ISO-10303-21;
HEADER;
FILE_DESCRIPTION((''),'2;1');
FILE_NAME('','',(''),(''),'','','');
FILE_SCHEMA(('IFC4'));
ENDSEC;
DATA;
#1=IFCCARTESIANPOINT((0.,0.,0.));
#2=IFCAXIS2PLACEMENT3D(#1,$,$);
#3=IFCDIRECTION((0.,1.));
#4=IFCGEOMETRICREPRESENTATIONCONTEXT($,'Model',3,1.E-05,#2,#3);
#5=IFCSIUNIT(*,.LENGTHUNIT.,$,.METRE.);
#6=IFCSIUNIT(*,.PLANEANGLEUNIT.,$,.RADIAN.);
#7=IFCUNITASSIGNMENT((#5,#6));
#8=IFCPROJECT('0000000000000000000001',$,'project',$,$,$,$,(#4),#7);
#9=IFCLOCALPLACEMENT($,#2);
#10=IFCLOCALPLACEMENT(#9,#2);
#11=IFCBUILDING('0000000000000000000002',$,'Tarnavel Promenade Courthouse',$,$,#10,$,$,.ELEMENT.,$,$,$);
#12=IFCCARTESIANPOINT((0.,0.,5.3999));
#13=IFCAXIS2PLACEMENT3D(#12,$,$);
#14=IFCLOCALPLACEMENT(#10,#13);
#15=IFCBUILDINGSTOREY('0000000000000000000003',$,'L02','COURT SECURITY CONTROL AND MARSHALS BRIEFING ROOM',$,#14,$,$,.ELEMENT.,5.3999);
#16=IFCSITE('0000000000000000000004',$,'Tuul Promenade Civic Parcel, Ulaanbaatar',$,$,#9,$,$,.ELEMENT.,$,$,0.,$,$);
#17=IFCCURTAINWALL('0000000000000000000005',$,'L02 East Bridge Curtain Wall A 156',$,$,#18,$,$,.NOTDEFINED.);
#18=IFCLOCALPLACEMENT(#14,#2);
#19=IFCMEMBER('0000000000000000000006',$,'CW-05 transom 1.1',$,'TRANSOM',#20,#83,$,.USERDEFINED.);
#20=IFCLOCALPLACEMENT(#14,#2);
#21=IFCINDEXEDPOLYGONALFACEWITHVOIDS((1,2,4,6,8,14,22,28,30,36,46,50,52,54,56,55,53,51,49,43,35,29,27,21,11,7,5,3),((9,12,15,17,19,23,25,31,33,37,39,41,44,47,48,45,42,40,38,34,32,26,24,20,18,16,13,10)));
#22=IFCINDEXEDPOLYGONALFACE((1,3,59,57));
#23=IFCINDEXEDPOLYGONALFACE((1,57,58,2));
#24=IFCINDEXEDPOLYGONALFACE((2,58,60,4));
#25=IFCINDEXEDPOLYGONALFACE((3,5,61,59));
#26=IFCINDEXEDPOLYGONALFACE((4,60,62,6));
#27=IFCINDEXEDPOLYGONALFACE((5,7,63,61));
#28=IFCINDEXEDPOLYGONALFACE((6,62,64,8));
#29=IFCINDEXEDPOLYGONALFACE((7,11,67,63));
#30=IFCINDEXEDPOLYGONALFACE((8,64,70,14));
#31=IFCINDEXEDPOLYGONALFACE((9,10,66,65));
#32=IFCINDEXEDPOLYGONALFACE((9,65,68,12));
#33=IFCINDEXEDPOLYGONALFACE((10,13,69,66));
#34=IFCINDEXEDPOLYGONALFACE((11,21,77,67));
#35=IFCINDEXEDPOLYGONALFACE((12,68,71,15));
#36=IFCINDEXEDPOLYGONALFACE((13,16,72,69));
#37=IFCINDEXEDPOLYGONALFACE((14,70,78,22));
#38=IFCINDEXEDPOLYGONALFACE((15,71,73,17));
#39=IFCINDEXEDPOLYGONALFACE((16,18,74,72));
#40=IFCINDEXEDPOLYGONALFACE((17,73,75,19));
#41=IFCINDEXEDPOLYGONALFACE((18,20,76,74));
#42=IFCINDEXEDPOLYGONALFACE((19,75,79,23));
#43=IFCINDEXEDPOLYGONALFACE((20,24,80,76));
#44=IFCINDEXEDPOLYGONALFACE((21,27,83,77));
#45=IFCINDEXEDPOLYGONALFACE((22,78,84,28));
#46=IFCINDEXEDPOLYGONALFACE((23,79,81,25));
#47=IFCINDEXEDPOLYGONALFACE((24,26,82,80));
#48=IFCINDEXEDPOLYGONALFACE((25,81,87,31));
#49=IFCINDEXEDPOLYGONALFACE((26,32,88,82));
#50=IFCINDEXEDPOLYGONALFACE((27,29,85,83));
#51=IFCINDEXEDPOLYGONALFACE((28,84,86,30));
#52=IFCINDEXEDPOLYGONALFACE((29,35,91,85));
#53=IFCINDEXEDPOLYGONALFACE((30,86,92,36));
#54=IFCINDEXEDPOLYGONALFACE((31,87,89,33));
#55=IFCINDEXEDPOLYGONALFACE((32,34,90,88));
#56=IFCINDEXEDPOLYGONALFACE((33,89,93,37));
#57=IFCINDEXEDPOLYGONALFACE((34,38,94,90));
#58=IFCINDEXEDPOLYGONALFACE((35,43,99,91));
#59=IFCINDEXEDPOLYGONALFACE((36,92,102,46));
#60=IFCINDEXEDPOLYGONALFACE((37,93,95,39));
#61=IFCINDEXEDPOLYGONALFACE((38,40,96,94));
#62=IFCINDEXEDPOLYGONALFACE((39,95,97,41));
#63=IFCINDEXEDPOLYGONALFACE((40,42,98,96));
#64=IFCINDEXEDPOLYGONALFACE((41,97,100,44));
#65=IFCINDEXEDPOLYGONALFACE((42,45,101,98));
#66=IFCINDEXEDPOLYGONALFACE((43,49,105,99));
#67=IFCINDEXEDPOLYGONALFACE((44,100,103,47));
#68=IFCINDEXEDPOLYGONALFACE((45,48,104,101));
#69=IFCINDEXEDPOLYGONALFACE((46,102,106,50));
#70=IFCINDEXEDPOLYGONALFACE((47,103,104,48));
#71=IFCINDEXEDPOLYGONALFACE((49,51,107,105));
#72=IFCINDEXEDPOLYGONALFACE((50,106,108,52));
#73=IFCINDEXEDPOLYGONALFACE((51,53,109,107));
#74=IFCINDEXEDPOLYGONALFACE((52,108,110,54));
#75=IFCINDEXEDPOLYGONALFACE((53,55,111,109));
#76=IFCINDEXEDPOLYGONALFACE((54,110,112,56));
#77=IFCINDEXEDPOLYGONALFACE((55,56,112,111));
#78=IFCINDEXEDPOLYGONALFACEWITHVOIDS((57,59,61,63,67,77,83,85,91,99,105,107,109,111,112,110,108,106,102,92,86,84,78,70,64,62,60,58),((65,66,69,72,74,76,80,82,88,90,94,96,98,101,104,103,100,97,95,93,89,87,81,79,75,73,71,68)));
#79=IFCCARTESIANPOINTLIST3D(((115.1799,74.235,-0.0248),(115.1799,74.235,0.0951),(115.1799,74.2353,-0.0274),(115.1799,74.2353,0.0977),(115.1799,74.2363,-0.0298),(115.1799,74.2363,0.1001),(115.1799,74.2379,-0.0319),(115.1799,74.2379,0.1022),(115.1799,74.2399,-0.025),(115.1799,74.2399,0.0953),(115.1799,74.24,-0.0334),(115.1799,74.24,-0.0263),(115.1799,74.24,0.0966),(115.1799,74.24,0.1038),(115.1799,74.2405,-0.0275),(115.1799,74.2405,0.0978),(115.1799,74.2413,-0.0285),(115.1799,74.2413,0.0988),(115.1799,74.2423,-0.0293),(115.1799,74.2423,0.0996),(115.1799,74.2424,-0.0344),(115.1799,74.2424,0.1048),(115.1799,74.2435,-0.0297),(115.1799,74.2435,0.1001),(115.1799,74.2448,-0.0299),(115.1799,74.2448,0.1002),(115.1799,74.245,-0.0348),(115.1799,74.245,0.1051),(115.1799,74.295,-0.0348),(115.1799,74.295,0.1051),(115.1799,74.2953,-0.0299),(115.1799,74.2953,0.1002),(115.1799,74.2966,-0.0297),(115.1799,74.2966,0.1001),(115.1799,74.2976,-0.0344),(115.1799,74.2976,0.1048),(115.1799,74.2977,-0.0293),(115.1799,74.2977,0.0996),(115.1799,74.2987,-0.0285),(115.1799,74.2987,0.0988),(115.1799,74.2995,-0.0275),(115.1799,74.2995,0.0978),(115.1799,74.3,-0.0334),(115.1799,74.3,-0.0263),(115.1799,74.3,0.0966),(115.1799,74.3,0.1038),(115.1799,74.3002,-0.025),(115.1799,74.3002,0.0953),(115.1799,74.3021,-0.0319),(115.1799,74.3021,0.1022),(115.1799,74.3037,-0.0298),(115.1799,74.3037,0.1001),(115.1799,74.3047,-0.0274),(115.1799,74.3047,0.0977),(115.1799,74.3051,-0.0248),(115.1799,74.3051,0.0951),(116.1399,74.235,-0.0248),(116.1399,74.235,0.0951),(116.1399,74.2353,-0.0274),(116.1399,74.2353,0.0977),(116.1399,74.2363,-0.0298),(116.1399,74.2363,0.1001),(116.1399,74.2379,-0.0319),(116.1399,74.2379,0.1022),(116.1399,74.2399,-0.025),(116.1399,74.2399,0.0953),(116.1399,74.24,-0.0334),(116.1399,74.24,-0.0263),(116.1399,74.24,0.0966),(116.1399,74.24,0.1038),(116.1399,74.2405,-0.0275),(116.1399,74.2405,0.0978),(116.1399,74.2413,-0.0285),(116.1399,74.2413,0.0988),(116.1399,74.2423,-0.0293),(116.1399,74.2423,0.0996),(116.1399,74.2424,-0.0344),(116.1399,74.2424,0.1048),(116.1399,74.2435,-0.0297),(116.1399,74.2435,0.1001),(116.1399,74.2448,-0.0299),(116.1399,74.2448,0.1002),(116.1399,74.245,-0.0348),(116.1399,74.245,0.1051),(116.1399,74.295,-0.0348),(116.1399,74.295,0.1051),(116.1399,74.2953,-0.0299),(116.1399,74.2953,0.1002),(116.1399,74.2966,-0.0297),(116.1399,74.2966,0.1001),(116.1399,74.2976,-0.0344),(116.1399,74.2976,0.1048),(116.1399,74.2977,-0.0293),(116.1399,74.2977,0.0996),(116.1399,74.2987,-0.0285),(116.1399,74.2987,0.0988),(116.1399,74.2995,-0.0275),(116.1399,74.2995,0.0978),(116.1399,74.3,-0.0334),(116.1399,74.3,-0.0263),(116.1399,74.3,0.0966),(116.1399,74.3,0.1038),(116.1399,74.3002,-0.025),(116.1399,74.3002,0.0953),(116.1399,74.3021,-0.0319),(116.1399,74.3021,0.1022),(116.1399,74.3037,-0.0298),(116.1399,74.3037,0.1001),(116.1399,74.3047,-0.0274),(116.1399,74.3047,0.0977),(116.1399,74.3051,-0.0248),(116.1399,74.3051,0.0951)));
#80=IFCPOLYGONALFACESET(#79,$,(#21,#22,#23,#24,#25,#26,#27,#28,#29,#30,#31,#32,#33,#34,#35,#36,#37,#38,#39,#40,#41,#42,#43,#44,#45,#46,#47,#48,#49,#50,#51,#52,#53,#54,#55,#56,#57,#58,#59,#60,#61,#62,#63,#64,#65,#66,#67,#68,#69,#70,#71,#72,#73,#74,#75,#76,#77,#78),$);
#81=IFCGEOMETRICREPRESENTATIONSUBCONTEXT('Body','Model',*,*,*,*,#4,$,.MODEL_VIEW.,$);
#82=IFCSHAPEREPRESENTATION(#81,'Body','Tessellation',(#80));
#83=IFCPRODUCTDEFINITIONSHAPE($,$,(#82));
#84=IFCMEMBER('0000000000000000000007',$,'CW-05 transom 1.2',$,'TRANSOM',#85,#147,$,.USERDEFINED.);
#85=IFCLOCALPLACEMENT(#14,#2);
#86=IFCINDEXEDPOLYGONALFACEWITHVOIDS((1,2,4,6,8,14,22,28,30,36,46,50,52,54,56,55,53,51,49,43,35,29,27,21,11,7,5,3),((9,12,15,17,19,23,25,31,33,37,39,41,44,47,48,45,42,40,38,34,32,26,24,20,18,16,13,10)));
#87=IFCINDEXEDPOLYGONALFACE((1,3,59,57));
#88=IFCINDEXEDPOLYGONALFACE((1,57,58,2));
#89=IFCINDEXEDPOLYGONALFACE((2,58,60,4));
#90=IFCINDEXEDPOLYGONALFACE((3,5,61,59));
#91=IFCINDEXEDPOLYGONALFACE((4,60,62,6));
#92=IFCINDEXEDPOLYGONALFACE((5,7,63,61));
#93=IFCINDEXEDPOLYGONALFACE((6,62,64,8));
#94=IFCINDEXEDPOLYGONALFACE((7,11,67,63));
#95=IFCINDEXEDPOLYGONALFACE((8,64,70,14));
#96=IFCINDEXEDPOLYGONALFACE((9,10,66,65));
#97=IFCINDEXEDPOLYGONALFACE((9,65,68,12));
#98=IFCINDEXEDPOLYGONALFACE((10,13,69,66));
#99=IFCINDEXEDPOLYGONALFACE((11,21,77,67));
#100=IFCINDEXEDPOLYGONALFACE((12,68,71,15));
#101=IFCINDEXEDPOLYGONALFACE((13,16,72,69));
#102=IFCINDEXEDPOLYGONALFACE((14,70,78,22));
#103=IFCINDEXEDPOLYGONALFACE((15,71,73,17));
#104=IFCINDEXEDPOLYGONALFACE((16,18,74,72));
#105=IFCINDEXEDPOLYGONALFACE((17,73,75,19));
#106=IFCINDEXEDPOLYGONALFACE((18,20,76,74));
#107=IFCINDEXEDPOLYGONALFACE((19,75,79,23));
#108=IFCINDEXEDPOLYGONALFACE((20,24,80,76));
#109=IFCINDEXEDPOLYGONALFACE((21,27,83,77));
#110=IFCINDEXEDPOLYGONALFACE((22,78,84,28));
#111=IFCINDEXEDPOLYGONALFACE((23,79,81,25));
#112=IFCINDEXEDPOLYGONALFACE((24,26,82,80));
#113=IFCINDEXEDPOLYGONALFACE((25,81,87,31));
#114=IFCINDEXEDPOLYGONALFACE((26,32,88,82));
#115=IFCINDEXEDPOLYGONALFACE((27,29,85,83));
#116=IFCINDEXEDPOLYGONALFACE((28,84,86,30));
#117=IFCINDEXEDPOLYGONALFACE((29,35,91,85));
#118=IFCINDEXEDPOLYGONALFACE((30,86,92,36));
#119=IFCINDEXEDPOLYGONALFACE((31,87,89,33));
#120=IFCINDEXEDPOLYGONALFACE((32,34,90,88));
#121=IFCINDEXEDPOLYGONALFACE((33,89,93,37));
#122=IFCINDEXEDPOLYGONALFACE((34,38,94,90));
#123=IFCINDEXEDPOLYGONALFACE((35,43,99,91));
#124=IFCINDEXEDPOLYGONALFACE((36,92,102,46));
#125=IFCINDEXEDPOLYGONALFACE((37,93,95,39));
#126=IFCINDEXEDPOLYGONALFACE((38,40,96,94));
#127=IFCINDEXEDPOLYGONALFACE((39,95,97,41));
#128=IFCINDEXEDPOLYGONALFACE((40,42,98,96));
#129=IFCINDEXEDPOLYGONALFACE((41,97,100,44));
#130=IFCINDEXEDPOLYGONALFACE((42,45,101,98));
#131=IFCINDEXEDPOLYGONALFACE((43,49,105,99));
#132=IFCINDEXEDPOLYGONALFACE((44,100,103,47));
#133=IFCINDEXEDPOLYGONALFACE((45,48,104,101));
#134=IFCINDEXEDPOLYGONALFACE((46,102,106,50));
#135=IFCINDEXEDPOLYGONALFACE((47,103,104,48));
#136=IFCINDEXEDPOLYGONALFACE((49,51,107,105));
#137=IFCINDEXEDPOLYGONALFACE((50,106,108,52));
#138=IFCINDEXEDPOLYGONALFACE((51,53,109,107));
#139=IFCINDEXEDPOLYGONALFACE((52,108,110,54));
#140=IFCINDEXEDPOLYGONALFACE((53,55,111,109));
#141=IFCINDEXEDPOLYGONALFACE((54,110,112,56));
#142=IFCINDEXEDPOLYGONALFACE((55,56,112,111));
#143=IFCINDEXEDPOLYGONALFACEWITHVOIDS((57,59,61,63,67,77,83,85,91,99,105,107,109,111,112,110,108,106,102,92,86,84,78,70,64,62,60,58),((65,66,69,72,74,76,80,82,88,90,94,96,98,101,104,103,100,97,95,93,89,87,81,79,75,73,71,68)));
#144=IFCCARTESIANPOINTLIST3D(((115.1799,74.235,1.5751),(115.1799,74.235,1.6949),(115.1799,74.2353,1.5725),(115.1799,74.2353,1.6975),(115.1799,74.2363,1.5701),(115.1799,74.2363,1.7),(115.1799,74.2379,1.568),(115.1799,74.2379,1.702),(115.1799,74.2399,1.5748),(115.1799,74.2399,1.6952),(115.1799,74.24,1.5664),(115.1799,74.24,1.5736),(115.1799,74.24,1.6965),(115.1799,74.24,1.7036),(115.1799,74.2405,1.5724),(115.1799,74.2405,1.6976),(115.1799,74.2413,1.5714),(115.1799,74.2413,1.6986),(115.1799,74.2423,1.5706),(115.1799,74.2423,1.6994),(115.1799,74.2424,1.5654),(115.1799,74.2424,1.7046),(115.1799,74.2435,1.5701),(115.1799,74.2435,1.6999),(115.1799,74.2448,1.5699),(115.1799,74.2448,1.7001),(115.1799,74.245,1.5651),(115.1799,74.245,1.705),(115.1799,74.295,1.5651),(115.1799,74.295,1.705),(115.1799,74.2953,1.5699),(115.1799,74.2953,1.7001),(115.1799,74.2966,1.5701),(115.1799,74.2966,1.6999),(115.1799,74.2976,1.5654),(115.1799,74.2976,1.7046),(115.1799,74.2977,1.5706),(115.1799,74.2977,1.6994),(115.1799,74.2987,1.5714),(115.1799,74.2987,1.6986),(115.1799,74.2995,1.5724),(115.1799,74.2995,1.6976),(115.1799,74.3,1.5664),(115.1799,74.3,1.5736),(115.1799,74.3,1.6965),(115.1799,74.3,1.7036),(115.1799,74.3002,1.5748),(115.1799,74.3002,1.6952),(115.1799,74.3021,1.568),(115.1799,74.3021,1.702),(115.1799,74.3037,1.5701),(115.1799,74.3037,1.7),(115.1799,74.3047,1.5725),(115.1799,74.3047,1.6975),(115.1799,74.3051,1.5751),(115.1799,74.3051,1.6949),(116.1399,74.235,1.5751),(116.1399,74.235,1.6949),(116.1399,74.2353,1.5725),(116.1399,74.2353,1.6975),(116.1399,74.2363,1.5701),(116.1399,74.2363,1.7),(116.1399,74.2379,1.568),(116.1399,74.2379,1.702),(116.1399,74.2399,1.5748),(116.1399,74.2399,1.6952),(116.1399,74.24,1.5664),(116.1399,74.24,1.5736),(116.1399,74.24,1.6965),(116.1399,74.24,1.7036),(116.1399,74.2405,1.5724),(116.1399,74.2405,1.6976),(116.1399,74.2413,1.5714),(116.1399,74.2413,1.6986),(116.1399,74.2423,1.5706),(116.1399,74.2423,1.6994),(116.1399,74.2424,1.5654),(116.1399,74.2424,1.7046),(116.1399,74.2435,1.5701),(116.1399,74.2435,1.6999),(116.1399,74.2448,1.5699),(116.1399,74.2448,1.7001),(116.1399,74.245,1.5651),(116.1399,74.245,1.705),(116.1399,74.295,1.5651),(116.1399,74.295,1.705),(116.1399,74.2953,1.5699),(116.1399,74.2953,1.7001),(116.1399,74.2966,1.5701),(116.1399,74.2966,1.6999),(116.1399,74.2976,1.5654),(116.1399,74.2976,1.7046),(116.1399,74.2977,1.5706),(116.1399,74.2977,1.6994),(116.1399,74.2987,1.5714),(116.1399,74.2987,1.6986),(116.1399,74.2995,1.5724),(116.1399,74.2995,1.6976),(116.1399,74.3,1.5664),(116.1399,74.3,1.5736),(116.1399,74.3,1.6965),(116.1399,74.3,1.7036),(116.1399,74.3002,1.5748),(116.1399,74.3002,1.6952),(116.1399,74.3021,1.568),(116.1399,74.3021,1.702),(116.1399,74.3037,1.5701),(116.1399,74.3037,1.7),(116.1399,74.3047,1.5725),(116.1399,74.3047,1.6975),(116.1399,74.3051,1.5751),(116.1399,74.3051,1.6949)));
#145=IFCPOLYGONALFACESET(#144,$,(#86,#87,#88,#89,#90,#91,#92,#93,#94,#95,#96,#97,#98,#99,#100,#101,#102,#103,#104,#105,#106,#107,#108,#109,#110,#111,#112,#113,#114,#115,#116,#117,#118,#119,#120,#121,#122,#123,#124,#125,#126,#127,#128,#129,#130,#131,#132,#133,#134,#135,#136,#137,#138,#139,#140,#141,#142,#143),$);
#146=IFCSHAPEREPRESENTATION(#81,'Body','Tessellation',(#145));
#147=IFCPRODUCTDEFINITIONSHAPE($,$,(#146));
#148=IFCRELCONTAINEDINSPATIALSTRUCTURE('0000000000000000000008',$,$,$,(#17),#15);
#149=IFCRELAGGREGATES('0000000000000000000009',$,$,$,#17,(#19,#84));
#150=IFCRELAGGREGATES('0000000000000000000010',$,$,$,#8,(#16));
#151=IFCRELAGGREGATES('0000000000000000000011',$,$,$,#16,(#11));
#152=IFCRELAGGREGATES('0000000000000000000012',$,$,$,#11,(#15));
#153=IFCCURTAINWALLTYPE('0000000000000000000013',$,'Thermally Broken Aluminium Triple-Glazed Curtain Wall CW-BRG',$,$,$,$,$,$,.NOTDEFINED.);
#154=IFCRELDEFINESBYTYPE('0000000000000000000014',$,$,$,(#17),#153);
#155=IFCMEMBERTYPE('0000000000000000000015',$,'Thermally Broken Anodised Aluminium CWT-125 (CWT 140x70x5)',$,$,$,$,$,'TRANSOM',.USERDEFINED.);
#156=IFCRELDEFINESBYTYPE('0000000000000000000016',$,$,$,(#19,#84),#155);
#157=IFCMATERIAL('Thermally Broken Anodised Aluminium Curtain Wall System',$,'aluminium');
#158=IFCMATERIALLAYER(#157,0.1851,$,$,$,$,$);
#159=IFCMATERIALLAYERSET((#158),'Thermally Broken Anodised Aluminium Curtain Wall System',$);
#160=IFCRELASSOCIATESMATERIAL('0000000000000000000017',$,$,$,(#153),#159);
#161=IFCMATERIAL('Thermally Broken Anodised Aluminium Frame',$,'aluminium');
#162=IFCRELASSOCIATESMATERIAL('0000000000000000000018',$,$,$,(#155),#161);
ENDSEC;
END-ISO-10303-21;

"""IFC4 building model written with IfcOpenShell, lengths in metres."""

from ifc_helpers import new_model, si_unit, direction, frame, origin, origin_2d, place, context, subcontext, project, spatial, hollow_rectangle, extrude, material, layer, layer_set, material_profile, profile_set, type_object, element, aggregate, save


model = new_model("IFC4")

# Units and contexts
model_context = context("Model", 3, precision=1e-05, world=origin(), true_north=direction((0.0, 1.0)))
body_context = subcontext(model_context, "Body", "Model", "MODEL_VIEW")
ifc_project = project(units=[si_unit("LENGTHUNIT", "METRE"), si_unit("PLANEANGLEUNIT", "RADIAN")], contexts=[model_context])

# Site, building, storey
site_placement = place(None, origin())
site = spatial("IfcSite", under=ifc_project, at=site_placement, Name="Tuul Promenade Civic Parcel, Ulaanbaatar", CompositionType="ELEMENT", RefElevation=0.0)
building_placement = place(site_placement, origin())
building = spatial("IfcBuilding", under=site, at=building_placement, Name="Tarnavel Promenade Courthouse", CompositionType="ELEMENT")
storey_placement = place(building_placement, frame((0.0, 0.0, 5.3999)))
storey = spatial("IfcBuildingStorey", under=building, at=storey_placement, Name="L02", Description="COURT SECURITY CONTROL AND MARSHALS BRIEFING ROOM", CompositionType="ELEMENT", Elevation=5.3999)

# Shared definitions
ifc_material_1 = material(Name="Thermally Broken Anodised Aluminium Curtain Wall System", Category="aluminium")
ifc_layer_1 = layer(ifc_material_1, 0.1851)
ifc_layer_set_1 = layer_set([ifc_layer_1], Name="Thermally Broken Anodised Aluminium Curtain Wall System")
curtain_wall_type = type_object("IfcCurtainWallType", Name="Thermally Broken Aluminium Triple-Glazed Curtain Wall CW-BRG", PredefinedType="NOTDEFINED", material=ifc_layer_set_1)
ifc_material_2 = material(Name="Thermally Broken Anodised Aluminium Frame", Category="aluminium")

# Curtain wall
curtain_wall_1_placement = place(storey_placement, origin())
curtain_wall_1 = element("IfcCurtainWall", 1, at=curtain_wall_1_placement, inside=storey, type_object=curtain_wall_type, Name="L02 East Bridge Curtain Wall A 156", PredefinedType="NOTDEFINED")

# Members
ifc_material_profile_1 = material_profile(ifc_material_2, hollow_rectangle(XDim=0.0701, YDim=0.1399, WallThickness=0.0049, InnerFilletRadius=0.0049, OuterFilletRadius=0.01, at=origin_2d()), Name="CWT 140x70x5")
ifc_profile_set_1 = profile_set([ifc_material_profile_1], Name="Thermally Broken Anodised Aluminium Frame")
member_type_1 = type_object("IfcMemberType", Name="Thermally Broken Anodised Aluminium CWT-125 (CWT 140x70x5)", ElementType="TRANSOM", PredefinedType="USERDEFINED", material=ifc_profile_set_1)
member_1_placement = place(storey_placement, frame((115.1799, 74.27, 0.0352), z_axis=(1.0, 0.0, 0.0), x_axis=(0.0, 1.0, 0.0)))
member_1 = element("IfcMember", 2, at=member_1_placement, type_object=member_type_1, Name="CW-05 transom 1.1", ObjectType="TRANSOM", PredefinedType="USERDEFINED", context=body_context, shape_type="SweptSolid", body=[
    extrude(hollow_rectangle(XDim=0.0701, YDim=0.1399, WallThickness=0.0049, InnerFilletRadius=0.0049, OuterFilletRadius=0.01, at=origin_2d()), origin(), (0.0, 0.0, 1.0), 0.96),
])
member_2_placement = place(storey_placement, frame((115.1799, 74.27, 1.635), z_axis=(1.0, 0.0, 0.0), x_axis=(0.0, 1.0, 0.0)))
member_2 = element("IfcMember", 3, at=member_2_placement, type_object=member_type_1, Name="CW-05 transom 1.2", ObjectType="TRANSOM", PredefinedType="USERDEFINED", context=body_context, shape_type="SweptSolid", body=[
    extrude(hollow_rectangle(XDim=0.0701, YDim=0.1399, WallThickness=0.0049, InnerFilletRadius=0.0049, OuterFilletRadius=0.01, at=origin_2d()), origin(), (0.0, 0.0, 1.0), 0.96),
])

aggregate(curtain_wall_1, [member_1, member_2])

save(model, "model.ifc")
